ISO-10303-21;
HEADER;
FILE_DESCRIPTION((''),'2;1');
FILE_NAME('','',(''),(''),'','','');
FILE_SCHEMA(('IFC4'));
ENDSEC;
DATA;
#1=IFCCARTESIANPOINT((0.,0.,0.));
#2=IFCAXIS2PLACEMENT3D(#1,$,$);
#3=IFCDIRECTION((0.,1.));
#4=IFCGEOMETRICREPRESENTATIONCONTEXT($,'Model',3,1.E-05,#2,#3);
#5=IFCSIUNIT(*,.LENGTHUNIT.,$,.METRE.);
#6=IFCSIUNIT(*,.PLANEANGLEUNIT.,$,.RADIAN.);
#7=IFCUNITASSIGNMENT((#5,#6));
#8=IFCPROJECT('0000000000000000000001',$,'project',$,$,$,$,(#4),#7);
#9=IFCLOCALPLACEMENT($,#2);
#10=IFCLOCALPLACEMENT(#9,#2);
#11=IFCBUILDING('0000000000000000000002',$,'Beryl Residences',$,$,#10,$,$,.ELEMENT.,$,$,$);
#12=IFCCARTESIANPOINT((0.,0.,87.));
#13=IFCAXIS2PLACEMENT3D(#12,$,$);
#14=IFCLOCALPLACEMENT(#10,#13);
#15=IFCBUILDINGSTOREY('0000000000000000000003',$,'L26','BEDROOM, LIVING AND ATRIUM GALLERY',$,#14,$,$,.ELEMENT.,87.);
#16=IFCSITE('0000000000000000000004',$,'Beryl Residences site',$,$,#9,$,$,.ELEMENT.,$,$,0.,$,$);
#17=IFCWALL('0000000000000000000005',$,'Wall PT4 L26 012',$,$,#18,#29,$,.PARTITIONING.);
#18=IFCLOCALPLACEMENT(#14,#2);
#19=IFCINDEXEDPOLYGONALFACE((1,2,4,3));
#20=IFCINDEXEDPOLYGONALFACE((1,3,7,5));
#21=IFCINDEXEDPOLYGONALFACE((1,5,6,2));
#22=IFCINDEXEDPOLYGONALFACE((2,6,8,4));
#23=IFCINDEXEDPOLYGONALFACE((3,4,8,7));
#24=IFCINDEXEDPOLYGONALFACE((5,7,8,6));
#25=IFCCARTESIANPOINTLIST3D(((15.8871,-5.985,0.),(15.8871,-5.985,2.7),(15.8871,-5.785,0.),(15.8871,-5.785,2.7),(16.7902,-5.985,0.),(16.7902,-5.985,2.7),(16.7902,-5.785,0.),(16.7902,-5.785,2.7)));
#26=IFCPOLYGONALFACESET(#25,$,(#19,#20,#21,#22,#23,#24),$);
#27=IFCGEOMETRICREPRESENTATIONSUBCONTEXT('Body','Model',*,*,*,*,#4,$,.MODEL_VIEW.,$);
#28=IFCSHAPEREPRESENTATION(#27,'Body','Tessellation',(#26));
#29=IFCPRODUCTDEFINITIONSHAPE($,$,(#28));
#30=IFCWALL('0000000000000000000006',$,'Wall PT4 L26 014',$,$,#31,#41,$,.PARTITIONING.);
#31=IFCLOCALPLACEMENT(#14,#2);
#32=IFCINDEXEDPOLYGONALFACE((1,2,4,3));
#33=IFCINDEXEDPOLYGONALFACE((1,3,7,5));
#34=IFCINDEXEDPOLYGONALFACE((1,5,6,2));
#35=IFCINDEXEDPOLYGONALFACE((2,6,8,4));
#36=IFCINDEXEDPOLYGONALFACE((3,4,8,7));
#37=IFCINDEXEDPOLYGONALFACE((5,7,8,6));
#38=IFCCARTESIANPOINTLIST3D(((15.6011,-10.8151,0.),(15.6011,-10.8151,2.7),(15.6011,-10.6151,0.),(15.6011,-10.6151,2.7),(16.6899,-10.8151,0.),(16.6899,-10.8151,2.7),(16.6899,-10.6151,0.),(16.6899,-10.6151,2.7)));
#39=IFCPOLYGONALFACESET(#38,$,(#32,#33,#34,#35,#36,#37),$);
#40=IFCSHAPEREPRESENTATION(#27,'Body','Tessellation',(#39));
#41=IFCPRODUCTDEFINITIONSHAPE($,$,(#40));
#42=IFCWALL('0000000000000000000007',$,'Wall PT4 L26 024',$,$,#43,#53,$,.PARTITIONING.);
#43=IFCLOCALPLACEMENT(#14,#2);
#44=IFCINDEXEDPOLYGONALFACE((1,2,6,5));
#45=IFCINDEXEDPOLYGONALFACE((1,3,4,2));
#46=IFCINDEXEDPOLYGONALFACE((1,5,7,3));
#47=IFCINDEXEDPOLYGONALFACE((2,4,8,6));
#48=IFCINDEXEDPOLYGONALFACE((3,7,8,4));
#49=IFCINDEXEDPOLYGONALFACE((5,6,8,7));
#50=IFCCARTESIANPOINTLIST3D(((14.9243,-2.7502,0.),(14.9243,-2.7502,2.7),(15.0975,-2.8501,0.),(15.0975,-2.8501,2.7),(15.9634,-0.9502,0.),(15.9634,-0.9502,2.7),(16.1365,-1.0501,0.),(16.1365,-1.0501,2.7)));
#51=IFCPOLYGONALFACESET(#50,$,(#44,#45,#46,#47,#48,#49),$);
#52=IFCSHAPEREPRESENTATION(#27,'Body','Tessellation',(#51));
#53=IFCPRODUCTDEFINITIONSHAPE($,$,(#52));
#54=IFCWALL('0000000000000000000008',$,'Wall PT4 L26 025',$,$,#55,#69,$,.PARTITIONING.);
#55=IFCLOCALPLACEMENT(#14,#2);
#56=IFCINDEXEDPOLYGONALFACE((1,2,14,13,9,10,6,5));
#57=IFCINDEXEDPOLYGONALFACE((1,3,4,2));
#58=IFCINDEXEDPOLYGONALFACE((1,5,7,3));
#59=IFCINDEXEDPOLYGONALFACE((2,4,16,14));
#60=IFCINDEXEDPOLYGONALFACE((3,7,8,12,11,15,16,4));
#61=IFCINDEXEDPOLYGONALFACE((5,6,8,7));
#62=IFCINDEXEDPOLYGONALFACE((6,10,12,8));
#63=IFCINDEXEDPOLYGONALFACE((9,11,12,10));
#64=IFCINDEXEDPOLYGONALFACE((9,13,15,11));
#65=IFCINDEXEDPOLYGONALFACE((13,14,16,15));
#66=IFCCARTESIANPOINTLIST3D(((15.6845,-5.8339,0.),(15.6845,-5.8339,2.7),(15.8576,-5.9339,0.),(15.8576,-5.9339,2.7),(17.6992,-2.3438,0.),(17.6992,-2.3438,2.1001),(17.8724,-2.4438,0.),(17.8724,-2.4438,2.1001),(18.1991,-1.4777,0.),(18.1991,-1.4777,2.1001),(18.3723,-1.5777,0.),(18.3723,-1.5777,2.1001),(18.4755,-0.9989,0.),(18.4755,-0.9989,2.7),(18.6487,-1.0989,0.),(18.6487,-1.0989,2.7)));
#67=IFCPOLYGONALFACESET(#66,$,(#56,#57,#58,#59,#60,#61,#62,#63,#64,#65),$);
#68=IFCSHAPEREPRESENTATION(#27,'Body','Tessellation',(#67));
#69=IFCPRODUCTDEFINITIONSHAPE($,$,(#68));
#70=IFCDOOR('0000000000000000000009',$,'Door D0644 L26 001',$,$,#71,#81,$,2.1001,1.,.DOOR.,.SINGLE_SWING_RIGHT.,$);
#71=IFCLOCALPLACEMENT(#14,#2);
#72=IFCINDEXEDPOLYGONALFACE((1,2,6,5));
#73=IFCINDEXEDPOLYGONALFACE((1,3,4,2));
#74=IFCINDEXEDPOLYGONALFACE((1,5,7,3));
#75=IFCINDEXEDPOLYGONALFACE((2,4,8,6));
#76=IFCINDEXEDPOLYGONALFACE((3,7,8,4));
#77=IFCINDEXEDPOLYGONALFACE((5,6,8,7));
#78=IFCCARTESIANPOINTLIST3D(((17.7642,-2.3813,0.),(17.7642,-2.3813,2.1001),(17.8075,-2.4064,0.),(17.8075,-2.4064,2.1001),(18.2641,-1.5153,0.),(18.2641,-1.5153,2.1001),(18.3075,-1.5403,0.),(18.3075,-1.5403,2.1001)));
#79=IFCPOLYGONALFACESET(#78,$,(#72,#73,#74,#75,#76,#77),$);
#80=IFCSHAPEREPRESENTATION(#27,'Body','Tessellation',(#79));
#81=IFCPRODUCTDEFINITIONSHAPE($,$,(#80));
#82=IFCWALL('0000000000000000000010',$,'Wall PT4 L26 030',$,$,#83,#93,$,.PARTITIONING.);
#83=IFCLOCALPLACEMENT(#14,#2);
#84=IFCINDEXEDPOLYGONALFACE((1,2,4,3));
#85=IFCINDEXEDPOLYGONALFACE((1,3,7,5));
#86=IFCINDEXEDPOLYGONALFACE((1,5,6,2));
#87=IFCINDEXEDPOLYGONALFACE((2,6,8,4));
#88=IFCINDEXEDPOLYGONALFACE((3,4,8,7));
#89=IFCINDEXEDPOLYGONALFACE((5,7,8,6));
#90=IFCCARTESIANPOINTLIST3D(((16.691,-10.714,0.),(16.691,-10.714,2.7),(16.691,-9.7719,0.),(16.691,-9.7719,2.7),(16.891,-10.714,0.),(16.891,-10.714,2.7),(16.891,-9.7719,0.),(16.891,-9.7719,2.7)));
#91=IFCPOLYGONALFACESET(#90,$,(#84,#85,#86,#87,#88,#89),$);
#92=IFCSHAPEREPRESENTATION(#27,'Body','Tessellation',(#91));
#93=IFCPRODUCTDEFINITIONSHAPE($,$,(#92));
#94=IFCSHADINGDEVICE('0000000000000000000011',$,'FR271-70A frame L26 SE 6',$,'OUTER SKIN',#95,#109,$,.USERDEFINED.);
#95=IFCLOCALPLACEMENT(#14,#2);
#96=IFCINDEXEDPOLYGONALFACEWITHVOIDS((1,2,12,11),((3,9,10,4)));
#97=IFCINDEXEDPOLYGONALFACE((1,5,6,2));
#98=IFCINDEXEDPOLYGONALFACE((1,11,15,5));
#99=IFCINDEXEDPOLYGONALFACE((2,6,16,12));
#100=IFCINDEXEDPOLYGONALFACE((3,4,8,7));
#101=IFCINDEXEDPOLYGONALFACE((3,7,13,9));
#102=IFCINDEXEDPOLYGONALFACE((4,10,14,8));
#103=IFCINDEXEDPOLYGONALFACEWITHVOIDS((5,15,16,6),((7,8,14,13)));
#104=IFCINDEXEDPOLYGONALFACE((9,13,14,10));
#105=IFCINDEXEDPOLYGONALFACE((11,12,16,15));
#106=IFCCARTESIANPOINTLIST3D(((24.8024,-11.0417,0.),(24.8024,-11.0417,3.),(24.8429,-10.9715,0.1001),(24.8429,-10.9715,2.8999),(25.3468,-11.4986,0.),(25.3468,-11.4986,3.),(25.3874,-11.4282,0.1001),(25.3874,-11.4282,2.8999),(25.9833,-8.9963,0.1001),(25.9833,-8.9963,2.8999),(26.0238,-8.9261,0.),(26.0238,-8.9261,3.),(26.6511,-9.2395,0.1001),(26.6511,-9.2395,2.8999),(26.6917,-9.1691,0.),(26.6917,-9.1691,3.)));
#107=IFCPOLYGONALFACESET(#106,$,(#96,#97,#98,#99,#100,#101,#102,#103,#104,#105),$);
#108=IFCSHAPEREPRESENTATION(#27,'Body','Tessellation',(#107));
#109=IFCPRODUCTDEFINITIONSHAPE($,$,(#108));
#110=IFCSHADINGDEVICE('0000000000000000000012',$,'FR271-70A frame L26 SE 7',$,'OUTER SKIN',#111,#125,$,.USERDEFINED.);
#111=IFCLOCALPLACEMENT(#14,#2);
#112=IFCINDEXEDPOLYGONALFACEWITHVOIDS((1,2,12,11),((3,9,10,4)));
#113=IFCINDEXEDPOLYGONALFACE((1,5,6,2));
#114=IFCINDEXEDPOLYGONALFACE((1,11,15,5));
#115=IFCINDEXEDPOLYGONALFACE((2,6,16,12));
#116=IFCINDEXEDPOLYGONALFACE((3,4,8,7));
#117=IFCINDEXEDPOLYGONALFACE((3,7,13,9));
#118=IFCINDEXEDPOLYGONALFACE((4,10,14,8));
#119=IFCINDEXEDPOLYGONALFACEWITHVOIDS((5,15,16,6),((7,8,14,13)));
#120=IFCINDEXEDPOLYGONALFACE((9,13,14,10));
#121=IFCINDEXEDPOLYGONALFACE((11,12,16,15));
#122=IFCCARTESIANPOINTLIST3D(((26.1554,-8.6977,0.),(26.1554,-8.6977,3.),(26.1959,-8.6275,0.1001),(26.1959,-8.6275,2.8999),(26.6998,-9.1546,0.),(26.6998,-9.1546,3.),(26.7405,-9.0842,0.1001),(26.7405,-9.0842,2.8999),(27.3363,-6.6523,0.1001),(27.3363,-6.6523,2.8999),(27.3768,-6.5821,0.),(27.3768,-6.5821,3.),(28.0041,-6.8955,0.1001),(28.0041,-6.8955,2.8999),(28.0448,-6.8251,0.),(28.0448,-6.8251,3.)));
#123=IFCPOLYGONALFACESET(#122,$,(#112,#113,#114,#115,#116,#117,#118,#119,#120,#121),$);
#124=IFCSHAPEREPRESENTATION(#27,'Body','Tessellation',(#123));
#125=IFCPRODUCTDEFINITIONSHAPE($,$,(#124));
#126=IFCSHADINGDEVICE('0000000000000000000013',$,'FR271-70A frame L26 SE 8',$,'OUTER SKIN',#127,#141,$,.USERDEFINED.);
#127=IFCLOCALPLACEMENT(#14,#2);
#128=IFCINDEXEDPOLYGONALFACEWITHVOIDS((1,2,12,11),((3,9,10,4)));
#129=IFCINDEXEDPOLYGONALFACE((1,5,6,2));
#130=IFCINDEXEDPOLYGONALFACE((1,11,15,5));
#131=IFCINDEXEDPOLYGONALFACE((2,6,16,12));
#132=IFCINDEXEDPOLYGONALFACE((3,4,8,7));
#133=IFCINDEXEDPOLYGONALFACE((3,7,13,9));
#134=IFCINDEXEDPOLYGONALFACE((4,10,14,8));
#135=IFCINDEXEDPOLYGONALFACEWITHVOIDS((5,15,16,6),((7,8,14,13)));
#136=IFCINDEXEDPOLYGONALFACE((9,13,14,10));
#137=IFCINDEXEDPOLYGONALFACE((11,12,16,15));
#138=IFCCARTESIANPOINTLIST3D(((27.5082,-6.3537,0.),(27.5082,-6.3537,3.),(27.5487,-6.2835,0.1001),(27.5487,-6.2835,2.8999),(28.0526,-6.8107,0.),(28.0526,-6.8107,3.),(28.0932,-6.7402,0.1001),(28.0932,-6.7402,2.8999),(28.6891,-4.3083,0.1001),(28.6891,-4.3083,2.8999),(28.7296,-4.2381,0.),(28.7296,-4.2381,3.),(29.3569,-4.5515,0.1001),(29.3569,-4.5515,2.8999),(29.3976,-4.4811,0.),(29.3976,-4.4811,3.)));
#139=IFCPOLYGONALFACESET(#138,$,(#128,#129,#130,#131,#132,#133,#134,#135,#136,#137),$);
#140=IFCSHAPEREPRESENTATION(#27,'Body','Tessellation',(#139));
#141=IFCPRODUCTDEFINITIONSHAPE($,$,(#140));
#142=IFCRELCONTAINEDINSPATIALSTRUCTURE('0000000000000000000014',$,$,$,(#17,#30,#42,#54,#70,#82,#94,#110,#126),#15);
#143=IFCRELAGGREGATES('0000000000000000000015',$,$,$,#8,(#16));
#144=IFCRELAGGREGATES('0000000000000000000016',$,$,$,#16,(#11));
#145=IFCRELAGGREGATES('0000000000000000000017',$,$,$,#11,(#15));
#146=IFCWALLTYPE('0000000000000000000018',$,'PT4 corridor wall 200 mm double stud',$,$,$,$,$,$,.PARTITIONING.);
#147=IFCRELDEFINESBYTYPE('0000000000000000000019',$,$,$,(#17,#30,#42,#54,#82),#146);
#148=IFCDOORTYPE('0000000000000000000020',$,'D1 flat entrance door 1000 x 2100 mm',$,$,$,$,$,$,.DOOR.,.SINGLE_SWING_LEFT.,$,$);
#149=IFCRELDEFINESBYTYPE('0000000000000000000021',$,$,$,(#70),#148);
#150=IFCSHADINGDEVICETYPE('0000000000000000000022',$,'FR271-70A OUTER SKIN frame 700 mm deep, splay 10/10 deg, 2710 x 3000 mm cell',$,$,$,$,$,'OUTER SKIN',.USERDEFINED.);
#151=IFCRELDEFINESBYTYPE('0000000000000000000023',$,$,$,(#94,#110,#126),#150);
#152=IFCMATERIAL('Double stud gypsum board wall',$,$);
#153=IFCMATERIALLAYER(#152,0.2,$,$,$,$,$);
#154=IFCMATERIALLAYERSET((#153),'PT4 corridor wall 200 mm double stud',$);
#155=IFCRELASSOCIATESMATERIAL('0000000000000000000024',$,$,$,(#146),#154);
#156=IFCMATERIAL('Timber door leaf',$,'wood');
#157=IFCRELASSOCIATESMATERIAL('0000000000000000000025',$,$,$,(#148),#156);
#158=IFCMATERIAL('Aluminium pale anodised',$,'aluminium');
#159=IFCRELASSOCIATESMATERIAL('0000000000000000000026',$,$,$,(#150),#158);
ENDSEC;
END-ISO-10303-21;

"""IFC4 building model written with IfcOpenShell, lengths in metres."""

from ifc_helpers import new_model, entity, si_unit, direction, frame, frame_2d, origin, place, context, subcontext, project, spatial, rectangle, extrude, source, transform, mapped, material, layer, layer_set, type_object, type_shapes, element, fill, save


model = new_model("IFC4")

# Units and contexts
model_context = context("Model", 3, precision=1e-05, world=origin(), true_north=direction((0.0, 1.0)))
body_context = subcontext(model_context, "Body", "Model", "MODEL_VIEW")
ifc_project = project(units=[si_unit("LENGTHUNIT", "METRE"), si_unit("PLANEANGLEUNIT", "RADIAN")], contexts=[model_context])

# Site, building, storey
site_placement = place(None, origin())
site = spatial("IfcSite", under=ifc_project, at=site_placement, Name="Beryl Residences site", CompositionType="ELEMENT", RefElevation=0.0)
building_placement = place(site_placement, origin())
building = spatial("IfcBuilding", under=site, at=building_placement, Name="Beryl Residences", CompositionType="ELEMENT")
storey_placement = place(building_placement, frame((0.0, 0.0, 87.0)))
storey = spatial("IfcBuildingStorey", under=building, at=storey_placement, Name="L26", Description="BEDROOM, LIVING AND ATRIUM GALLERY", CompositionType="ELEMENT", Elevation=87.0)

# Walls
ifc_material_1 = material(Name="Double stud gypsum board wall")
ifc_layer_1 = layer(ifc_material_1, 0.2)
ifc_layer_set_1 = layer_set([ifc_layer_1], Name="PT4 corridor wall 200 mm double stud")
wall_type_1 = type_object("IfcWallType", Name="PT4 corridor wall 200 mm double stud", PredefinedType="PARTITIONING", material=ifc_layer_set_1)
wall_1_placement = place(storey_placement, frame((15.887, -5.885, 0.0), z_axis=(0.0, 0.0, 1.0), x_axis=(1.0, 0.0, 0.0)))
element("IfcWall", 1, at=wall_1_placement, inside=storey, type_object=wall_type_1, Name="Wall PT4 L26 012", PredefinedType="PARTITIONING", context=body_context, shape_type="SweptSolid", body=[
    extrude(rectangle(XDim=0.9031, YDim=0.2, at=frame_2d((0.4517, 0.0))), origin(), (0.0, 0.0, 1.0), 2.7),
])
wall_2_placement = place(storey_placement, frame((15.6011, -10.7151, 0.0), z_axis=(0.0, 0.0, 1.0), x_axis=(1.0, 0.0, 0.0)))
element("IfcWall", 2, at=wall_2_placement, inside=storey, type_object=wall_type_1, Name="Wall PT4 L26 014", PredefinedType="PARTITIONING", context=body_context, shape_type="SweptSolid", body=[
    extrude(rectangle(XDim=1.0889, YDim=0.2, at=frame_2d((0.5444, 0.0))), origin(), (0.0, 0.0, 1.0), 2.7),
])
wall_3_placement = place(storey_placement, frame((15.011, -2.8, 0.0), z_axis=(0.0, 0.0, 1.0), x_axis=(0.499929, 0.866066, 0.0)))
element("IfcWall", 3, at=wall_3_placement, inside=storey, type_object=wall_type_1, Name="Wall PT4 L26 024", PredefinedType="PARTITIONING", context=body_context, shape_type="SweptSolid", body=[
    extrude(rectangle(XDim=2.0784, YDim=0.2, at=frame_2d((1.0391, 0.0))), origin(), (0.0, 0.0, 1.0), 2.7),
])

# Wall, opening, door
wall_4_placement = place(storey_placement, frame((15.771, -5.884, 0.0), z_axis=(0.0, 0.0, 1.0), x_axis=(0.499939, 0.86606, 0.0)))
wall_4 = element("IfcWall", 4, at=wall_4_placement, inside=storey, type_object=wall_type_1, Name="Wall PT4 L26 025", PredefinedType="PARTITIONING", context=body_context, shape_type="SweptSolid", body=[
    extrude(rectangle(XDim=5.5828, YDim=0.2, at=frame_2d((2.7915, 0.0))), origin(), (0.0, 0.0, 1.0), 2.7),
])
opening_1_placement = place(wall_4_placement, frame((4.03, 0.0, 0.0)))
opening_1 = element("IfcOpeningElement", 5, at=opening_1_placement, cuts=wall_4, PredefinedType="OPENING", context=body_context, shape_type="SweptSolid", body=[
    extrude(rectangle(XDim=1.0, YDim=2.1001, at=frame_2d((0.5, 1.05))), frame((0.0, 0.1099, 0.0), z_axis=(0.0, -1.0, 0.0), x_axis=(1.0, 0.0, 0.0)), (0.0, 0.0, 1.0), 0.22),
])
ifc_material_2 = material(Name="Timber door leaf", Category="wood")
door_type_1 = type_object("IfcDoorType", Name="D1 flat entrance door 1000 x 2100 mm", OperationType="SINGLE_SWING_LEFT", PredefinedType="DOOR", material=ifc_material_2)
door_1_placement = place(opening_1_placement, origin())
door_1 = element("IfcDoor", 6, at=door_1_placement, inside=storey, type_object=door_type_1, Name="Door D0644 L26 001", OperationType="SINGLE_SWING_RIGHT", OverallHeight=2.1001, OverallWidth=1.0, PredefinedType="DOOR", context=body_context, shape_type="SweptSolid", body=[
    extrude(rectangle(XDim=1.0, YDim=2.1001, at=frame_2d((0.5, 1.05))), frame((0.0, 0.0249, 0.0), z_axis=(0.0, -1.0, 0.0), x_axis=(1.0, 0.0, 0.0)), (0.0, 0.0, 1.0), 0.05),
])
fill(opening_1, door_1)

# Wall
wall_5_placement = place(storey_placement, frame((16.791, -10.7141, 0.0), z_axis=(0.0, 0.0, 1.0), x_axis=(0.0, 1.0, 0.0)))
element("IfcWall", 7, at=wall_5_placement, inside=storey, type_object=wall_type_1, Name="Wall PT4 L26 030", PredefinedType="PARTITIONING", context=body_context, shape_type="SweptSolid", body=[
    extrude(rectangle(XDim=0.9421, YDim=0.2, at=frame_2d((0.4712, 0.0))), origin(), (0.0, 0.0, 1.0), 2.7),
])

# Shading devices
ifc_material_3 = material(Name="Aluminium pale anodised", Category="aluminium")
shading_device_type = type_object("IfcShadingDeviceType", Name="FR271-70A OUTER SKIN frame 700 mm deep, splay 10/10 deg, 2710 x 3000 mm cell", ElementType="OUTER SKIN", PredefinedType="USERDEFINED", material=ifc_material_3)
cartesian_point_1 = entity("IfcCartesianPoint", [-1.2214, 0.0])
cartesian_point_2 = entity("IfcCartesianPoint", [-1.1404, 0.1001])
cartesian_point_3 = entity("IfcCartesianPoint", [-1.345, 0.0])
cartesian_point_4 = entity("IfcCartesianPoint", [-1.2637, 0.1001])
shared_shape = source(origin(), body_context, "Body", "SweptSolid", [
    entity("IfcExtrudedAreaSolidTapered", entity("IfcArbitraryProfileDefWithVoids", "AREA", None, entity("IfcPolyline", [cartesian_point_1, entity("IfcCartesianPoint", [1.2214, 0.0]), entity("IfcCartesianPoint", [1.2214, 3.0]), entity("IfcCartesianPoint", [-1.2214, 3.0]), cartesian_point_1]), [entity("IfcPolyline", [cartesian_point_2, entity("IfcCartesianPoint", [1.1404, 0.1001]), entity("IfcCartesianPoint", [1.1404, 2.8999]), entity("IfcCartesianPoint", [-1.1404, 2.8999]), cartesian_point_2])]), entity("IfcAxis2Placement3D", entity("IfcCartesianPoint", [0.0, 0.0, 0.0]), entity("IfcDirection", [0.0, 1.0, 0.0]), entity("IfcDirection", [-1.0, 0.0, 0.0])), entity("IfcDirection", [0.0, 0.0, 1.0]), 0.7, entity("IfcArbitraryProfileDefWithVoids", "AREA", None, entity("IfcPolyline", [cartesian_point_3, entity("IfcCartesianPoint", [1.345, 0.0]), entity("IfcCartesianPoint", [1.345, 3.0]), entity("IfcCartesianPoint", [-1.345, 3.0]), cartesian_point_3]), [entity("IfcPolyline", [cartesian_point_4, entity("IfcCartesianPoint", [1.2637, 0.1001]), entity("IfcCartesianPoint", [1.2637, 2.8999]), entity("IfcCartesianPoint", [-1.2637, 2.8999]), cartesian_point_4])])),
])
type_shapes(shading_device_type, [shared_shape])
for number, where, z_axis, x_axis, name in (
    (8, (25.4131, -9.9839, 0.0), (0.0, 0.0, 1.0), (-0.5, -0.866025, 0.0), "FR271-70A frame L26 SE 6"),
    (9, (26.7661, -7.6399, 0.0), (0.0, 0.0, 1.0), (-0.5, -0.866025, 0.0), "FR271-70A frame L26 SE 7"),
    (10, (28.1189, -5.2959, 0.0), (0.0, 0.0, 1.0), (-0.5, -0.866025, 0.0), "FR271-70A frame L26 SE 8"),
):
    element("IfcShadingDevice", number, at=place(storey_placement, frame(where, z_axis=z_axis, x_axis=x_axis)), inside=storey, type_object=shading_device_type, Name=name, ObjectType="OUTER SKIN", PredefinedType="USERDEFINED", context=body_context, shape_type="MappedRepresentation", body=[
        mapped(shared_shape, transform((0.0, 0.0, 0.0))),
    ])

save(model, "model.ifc")
